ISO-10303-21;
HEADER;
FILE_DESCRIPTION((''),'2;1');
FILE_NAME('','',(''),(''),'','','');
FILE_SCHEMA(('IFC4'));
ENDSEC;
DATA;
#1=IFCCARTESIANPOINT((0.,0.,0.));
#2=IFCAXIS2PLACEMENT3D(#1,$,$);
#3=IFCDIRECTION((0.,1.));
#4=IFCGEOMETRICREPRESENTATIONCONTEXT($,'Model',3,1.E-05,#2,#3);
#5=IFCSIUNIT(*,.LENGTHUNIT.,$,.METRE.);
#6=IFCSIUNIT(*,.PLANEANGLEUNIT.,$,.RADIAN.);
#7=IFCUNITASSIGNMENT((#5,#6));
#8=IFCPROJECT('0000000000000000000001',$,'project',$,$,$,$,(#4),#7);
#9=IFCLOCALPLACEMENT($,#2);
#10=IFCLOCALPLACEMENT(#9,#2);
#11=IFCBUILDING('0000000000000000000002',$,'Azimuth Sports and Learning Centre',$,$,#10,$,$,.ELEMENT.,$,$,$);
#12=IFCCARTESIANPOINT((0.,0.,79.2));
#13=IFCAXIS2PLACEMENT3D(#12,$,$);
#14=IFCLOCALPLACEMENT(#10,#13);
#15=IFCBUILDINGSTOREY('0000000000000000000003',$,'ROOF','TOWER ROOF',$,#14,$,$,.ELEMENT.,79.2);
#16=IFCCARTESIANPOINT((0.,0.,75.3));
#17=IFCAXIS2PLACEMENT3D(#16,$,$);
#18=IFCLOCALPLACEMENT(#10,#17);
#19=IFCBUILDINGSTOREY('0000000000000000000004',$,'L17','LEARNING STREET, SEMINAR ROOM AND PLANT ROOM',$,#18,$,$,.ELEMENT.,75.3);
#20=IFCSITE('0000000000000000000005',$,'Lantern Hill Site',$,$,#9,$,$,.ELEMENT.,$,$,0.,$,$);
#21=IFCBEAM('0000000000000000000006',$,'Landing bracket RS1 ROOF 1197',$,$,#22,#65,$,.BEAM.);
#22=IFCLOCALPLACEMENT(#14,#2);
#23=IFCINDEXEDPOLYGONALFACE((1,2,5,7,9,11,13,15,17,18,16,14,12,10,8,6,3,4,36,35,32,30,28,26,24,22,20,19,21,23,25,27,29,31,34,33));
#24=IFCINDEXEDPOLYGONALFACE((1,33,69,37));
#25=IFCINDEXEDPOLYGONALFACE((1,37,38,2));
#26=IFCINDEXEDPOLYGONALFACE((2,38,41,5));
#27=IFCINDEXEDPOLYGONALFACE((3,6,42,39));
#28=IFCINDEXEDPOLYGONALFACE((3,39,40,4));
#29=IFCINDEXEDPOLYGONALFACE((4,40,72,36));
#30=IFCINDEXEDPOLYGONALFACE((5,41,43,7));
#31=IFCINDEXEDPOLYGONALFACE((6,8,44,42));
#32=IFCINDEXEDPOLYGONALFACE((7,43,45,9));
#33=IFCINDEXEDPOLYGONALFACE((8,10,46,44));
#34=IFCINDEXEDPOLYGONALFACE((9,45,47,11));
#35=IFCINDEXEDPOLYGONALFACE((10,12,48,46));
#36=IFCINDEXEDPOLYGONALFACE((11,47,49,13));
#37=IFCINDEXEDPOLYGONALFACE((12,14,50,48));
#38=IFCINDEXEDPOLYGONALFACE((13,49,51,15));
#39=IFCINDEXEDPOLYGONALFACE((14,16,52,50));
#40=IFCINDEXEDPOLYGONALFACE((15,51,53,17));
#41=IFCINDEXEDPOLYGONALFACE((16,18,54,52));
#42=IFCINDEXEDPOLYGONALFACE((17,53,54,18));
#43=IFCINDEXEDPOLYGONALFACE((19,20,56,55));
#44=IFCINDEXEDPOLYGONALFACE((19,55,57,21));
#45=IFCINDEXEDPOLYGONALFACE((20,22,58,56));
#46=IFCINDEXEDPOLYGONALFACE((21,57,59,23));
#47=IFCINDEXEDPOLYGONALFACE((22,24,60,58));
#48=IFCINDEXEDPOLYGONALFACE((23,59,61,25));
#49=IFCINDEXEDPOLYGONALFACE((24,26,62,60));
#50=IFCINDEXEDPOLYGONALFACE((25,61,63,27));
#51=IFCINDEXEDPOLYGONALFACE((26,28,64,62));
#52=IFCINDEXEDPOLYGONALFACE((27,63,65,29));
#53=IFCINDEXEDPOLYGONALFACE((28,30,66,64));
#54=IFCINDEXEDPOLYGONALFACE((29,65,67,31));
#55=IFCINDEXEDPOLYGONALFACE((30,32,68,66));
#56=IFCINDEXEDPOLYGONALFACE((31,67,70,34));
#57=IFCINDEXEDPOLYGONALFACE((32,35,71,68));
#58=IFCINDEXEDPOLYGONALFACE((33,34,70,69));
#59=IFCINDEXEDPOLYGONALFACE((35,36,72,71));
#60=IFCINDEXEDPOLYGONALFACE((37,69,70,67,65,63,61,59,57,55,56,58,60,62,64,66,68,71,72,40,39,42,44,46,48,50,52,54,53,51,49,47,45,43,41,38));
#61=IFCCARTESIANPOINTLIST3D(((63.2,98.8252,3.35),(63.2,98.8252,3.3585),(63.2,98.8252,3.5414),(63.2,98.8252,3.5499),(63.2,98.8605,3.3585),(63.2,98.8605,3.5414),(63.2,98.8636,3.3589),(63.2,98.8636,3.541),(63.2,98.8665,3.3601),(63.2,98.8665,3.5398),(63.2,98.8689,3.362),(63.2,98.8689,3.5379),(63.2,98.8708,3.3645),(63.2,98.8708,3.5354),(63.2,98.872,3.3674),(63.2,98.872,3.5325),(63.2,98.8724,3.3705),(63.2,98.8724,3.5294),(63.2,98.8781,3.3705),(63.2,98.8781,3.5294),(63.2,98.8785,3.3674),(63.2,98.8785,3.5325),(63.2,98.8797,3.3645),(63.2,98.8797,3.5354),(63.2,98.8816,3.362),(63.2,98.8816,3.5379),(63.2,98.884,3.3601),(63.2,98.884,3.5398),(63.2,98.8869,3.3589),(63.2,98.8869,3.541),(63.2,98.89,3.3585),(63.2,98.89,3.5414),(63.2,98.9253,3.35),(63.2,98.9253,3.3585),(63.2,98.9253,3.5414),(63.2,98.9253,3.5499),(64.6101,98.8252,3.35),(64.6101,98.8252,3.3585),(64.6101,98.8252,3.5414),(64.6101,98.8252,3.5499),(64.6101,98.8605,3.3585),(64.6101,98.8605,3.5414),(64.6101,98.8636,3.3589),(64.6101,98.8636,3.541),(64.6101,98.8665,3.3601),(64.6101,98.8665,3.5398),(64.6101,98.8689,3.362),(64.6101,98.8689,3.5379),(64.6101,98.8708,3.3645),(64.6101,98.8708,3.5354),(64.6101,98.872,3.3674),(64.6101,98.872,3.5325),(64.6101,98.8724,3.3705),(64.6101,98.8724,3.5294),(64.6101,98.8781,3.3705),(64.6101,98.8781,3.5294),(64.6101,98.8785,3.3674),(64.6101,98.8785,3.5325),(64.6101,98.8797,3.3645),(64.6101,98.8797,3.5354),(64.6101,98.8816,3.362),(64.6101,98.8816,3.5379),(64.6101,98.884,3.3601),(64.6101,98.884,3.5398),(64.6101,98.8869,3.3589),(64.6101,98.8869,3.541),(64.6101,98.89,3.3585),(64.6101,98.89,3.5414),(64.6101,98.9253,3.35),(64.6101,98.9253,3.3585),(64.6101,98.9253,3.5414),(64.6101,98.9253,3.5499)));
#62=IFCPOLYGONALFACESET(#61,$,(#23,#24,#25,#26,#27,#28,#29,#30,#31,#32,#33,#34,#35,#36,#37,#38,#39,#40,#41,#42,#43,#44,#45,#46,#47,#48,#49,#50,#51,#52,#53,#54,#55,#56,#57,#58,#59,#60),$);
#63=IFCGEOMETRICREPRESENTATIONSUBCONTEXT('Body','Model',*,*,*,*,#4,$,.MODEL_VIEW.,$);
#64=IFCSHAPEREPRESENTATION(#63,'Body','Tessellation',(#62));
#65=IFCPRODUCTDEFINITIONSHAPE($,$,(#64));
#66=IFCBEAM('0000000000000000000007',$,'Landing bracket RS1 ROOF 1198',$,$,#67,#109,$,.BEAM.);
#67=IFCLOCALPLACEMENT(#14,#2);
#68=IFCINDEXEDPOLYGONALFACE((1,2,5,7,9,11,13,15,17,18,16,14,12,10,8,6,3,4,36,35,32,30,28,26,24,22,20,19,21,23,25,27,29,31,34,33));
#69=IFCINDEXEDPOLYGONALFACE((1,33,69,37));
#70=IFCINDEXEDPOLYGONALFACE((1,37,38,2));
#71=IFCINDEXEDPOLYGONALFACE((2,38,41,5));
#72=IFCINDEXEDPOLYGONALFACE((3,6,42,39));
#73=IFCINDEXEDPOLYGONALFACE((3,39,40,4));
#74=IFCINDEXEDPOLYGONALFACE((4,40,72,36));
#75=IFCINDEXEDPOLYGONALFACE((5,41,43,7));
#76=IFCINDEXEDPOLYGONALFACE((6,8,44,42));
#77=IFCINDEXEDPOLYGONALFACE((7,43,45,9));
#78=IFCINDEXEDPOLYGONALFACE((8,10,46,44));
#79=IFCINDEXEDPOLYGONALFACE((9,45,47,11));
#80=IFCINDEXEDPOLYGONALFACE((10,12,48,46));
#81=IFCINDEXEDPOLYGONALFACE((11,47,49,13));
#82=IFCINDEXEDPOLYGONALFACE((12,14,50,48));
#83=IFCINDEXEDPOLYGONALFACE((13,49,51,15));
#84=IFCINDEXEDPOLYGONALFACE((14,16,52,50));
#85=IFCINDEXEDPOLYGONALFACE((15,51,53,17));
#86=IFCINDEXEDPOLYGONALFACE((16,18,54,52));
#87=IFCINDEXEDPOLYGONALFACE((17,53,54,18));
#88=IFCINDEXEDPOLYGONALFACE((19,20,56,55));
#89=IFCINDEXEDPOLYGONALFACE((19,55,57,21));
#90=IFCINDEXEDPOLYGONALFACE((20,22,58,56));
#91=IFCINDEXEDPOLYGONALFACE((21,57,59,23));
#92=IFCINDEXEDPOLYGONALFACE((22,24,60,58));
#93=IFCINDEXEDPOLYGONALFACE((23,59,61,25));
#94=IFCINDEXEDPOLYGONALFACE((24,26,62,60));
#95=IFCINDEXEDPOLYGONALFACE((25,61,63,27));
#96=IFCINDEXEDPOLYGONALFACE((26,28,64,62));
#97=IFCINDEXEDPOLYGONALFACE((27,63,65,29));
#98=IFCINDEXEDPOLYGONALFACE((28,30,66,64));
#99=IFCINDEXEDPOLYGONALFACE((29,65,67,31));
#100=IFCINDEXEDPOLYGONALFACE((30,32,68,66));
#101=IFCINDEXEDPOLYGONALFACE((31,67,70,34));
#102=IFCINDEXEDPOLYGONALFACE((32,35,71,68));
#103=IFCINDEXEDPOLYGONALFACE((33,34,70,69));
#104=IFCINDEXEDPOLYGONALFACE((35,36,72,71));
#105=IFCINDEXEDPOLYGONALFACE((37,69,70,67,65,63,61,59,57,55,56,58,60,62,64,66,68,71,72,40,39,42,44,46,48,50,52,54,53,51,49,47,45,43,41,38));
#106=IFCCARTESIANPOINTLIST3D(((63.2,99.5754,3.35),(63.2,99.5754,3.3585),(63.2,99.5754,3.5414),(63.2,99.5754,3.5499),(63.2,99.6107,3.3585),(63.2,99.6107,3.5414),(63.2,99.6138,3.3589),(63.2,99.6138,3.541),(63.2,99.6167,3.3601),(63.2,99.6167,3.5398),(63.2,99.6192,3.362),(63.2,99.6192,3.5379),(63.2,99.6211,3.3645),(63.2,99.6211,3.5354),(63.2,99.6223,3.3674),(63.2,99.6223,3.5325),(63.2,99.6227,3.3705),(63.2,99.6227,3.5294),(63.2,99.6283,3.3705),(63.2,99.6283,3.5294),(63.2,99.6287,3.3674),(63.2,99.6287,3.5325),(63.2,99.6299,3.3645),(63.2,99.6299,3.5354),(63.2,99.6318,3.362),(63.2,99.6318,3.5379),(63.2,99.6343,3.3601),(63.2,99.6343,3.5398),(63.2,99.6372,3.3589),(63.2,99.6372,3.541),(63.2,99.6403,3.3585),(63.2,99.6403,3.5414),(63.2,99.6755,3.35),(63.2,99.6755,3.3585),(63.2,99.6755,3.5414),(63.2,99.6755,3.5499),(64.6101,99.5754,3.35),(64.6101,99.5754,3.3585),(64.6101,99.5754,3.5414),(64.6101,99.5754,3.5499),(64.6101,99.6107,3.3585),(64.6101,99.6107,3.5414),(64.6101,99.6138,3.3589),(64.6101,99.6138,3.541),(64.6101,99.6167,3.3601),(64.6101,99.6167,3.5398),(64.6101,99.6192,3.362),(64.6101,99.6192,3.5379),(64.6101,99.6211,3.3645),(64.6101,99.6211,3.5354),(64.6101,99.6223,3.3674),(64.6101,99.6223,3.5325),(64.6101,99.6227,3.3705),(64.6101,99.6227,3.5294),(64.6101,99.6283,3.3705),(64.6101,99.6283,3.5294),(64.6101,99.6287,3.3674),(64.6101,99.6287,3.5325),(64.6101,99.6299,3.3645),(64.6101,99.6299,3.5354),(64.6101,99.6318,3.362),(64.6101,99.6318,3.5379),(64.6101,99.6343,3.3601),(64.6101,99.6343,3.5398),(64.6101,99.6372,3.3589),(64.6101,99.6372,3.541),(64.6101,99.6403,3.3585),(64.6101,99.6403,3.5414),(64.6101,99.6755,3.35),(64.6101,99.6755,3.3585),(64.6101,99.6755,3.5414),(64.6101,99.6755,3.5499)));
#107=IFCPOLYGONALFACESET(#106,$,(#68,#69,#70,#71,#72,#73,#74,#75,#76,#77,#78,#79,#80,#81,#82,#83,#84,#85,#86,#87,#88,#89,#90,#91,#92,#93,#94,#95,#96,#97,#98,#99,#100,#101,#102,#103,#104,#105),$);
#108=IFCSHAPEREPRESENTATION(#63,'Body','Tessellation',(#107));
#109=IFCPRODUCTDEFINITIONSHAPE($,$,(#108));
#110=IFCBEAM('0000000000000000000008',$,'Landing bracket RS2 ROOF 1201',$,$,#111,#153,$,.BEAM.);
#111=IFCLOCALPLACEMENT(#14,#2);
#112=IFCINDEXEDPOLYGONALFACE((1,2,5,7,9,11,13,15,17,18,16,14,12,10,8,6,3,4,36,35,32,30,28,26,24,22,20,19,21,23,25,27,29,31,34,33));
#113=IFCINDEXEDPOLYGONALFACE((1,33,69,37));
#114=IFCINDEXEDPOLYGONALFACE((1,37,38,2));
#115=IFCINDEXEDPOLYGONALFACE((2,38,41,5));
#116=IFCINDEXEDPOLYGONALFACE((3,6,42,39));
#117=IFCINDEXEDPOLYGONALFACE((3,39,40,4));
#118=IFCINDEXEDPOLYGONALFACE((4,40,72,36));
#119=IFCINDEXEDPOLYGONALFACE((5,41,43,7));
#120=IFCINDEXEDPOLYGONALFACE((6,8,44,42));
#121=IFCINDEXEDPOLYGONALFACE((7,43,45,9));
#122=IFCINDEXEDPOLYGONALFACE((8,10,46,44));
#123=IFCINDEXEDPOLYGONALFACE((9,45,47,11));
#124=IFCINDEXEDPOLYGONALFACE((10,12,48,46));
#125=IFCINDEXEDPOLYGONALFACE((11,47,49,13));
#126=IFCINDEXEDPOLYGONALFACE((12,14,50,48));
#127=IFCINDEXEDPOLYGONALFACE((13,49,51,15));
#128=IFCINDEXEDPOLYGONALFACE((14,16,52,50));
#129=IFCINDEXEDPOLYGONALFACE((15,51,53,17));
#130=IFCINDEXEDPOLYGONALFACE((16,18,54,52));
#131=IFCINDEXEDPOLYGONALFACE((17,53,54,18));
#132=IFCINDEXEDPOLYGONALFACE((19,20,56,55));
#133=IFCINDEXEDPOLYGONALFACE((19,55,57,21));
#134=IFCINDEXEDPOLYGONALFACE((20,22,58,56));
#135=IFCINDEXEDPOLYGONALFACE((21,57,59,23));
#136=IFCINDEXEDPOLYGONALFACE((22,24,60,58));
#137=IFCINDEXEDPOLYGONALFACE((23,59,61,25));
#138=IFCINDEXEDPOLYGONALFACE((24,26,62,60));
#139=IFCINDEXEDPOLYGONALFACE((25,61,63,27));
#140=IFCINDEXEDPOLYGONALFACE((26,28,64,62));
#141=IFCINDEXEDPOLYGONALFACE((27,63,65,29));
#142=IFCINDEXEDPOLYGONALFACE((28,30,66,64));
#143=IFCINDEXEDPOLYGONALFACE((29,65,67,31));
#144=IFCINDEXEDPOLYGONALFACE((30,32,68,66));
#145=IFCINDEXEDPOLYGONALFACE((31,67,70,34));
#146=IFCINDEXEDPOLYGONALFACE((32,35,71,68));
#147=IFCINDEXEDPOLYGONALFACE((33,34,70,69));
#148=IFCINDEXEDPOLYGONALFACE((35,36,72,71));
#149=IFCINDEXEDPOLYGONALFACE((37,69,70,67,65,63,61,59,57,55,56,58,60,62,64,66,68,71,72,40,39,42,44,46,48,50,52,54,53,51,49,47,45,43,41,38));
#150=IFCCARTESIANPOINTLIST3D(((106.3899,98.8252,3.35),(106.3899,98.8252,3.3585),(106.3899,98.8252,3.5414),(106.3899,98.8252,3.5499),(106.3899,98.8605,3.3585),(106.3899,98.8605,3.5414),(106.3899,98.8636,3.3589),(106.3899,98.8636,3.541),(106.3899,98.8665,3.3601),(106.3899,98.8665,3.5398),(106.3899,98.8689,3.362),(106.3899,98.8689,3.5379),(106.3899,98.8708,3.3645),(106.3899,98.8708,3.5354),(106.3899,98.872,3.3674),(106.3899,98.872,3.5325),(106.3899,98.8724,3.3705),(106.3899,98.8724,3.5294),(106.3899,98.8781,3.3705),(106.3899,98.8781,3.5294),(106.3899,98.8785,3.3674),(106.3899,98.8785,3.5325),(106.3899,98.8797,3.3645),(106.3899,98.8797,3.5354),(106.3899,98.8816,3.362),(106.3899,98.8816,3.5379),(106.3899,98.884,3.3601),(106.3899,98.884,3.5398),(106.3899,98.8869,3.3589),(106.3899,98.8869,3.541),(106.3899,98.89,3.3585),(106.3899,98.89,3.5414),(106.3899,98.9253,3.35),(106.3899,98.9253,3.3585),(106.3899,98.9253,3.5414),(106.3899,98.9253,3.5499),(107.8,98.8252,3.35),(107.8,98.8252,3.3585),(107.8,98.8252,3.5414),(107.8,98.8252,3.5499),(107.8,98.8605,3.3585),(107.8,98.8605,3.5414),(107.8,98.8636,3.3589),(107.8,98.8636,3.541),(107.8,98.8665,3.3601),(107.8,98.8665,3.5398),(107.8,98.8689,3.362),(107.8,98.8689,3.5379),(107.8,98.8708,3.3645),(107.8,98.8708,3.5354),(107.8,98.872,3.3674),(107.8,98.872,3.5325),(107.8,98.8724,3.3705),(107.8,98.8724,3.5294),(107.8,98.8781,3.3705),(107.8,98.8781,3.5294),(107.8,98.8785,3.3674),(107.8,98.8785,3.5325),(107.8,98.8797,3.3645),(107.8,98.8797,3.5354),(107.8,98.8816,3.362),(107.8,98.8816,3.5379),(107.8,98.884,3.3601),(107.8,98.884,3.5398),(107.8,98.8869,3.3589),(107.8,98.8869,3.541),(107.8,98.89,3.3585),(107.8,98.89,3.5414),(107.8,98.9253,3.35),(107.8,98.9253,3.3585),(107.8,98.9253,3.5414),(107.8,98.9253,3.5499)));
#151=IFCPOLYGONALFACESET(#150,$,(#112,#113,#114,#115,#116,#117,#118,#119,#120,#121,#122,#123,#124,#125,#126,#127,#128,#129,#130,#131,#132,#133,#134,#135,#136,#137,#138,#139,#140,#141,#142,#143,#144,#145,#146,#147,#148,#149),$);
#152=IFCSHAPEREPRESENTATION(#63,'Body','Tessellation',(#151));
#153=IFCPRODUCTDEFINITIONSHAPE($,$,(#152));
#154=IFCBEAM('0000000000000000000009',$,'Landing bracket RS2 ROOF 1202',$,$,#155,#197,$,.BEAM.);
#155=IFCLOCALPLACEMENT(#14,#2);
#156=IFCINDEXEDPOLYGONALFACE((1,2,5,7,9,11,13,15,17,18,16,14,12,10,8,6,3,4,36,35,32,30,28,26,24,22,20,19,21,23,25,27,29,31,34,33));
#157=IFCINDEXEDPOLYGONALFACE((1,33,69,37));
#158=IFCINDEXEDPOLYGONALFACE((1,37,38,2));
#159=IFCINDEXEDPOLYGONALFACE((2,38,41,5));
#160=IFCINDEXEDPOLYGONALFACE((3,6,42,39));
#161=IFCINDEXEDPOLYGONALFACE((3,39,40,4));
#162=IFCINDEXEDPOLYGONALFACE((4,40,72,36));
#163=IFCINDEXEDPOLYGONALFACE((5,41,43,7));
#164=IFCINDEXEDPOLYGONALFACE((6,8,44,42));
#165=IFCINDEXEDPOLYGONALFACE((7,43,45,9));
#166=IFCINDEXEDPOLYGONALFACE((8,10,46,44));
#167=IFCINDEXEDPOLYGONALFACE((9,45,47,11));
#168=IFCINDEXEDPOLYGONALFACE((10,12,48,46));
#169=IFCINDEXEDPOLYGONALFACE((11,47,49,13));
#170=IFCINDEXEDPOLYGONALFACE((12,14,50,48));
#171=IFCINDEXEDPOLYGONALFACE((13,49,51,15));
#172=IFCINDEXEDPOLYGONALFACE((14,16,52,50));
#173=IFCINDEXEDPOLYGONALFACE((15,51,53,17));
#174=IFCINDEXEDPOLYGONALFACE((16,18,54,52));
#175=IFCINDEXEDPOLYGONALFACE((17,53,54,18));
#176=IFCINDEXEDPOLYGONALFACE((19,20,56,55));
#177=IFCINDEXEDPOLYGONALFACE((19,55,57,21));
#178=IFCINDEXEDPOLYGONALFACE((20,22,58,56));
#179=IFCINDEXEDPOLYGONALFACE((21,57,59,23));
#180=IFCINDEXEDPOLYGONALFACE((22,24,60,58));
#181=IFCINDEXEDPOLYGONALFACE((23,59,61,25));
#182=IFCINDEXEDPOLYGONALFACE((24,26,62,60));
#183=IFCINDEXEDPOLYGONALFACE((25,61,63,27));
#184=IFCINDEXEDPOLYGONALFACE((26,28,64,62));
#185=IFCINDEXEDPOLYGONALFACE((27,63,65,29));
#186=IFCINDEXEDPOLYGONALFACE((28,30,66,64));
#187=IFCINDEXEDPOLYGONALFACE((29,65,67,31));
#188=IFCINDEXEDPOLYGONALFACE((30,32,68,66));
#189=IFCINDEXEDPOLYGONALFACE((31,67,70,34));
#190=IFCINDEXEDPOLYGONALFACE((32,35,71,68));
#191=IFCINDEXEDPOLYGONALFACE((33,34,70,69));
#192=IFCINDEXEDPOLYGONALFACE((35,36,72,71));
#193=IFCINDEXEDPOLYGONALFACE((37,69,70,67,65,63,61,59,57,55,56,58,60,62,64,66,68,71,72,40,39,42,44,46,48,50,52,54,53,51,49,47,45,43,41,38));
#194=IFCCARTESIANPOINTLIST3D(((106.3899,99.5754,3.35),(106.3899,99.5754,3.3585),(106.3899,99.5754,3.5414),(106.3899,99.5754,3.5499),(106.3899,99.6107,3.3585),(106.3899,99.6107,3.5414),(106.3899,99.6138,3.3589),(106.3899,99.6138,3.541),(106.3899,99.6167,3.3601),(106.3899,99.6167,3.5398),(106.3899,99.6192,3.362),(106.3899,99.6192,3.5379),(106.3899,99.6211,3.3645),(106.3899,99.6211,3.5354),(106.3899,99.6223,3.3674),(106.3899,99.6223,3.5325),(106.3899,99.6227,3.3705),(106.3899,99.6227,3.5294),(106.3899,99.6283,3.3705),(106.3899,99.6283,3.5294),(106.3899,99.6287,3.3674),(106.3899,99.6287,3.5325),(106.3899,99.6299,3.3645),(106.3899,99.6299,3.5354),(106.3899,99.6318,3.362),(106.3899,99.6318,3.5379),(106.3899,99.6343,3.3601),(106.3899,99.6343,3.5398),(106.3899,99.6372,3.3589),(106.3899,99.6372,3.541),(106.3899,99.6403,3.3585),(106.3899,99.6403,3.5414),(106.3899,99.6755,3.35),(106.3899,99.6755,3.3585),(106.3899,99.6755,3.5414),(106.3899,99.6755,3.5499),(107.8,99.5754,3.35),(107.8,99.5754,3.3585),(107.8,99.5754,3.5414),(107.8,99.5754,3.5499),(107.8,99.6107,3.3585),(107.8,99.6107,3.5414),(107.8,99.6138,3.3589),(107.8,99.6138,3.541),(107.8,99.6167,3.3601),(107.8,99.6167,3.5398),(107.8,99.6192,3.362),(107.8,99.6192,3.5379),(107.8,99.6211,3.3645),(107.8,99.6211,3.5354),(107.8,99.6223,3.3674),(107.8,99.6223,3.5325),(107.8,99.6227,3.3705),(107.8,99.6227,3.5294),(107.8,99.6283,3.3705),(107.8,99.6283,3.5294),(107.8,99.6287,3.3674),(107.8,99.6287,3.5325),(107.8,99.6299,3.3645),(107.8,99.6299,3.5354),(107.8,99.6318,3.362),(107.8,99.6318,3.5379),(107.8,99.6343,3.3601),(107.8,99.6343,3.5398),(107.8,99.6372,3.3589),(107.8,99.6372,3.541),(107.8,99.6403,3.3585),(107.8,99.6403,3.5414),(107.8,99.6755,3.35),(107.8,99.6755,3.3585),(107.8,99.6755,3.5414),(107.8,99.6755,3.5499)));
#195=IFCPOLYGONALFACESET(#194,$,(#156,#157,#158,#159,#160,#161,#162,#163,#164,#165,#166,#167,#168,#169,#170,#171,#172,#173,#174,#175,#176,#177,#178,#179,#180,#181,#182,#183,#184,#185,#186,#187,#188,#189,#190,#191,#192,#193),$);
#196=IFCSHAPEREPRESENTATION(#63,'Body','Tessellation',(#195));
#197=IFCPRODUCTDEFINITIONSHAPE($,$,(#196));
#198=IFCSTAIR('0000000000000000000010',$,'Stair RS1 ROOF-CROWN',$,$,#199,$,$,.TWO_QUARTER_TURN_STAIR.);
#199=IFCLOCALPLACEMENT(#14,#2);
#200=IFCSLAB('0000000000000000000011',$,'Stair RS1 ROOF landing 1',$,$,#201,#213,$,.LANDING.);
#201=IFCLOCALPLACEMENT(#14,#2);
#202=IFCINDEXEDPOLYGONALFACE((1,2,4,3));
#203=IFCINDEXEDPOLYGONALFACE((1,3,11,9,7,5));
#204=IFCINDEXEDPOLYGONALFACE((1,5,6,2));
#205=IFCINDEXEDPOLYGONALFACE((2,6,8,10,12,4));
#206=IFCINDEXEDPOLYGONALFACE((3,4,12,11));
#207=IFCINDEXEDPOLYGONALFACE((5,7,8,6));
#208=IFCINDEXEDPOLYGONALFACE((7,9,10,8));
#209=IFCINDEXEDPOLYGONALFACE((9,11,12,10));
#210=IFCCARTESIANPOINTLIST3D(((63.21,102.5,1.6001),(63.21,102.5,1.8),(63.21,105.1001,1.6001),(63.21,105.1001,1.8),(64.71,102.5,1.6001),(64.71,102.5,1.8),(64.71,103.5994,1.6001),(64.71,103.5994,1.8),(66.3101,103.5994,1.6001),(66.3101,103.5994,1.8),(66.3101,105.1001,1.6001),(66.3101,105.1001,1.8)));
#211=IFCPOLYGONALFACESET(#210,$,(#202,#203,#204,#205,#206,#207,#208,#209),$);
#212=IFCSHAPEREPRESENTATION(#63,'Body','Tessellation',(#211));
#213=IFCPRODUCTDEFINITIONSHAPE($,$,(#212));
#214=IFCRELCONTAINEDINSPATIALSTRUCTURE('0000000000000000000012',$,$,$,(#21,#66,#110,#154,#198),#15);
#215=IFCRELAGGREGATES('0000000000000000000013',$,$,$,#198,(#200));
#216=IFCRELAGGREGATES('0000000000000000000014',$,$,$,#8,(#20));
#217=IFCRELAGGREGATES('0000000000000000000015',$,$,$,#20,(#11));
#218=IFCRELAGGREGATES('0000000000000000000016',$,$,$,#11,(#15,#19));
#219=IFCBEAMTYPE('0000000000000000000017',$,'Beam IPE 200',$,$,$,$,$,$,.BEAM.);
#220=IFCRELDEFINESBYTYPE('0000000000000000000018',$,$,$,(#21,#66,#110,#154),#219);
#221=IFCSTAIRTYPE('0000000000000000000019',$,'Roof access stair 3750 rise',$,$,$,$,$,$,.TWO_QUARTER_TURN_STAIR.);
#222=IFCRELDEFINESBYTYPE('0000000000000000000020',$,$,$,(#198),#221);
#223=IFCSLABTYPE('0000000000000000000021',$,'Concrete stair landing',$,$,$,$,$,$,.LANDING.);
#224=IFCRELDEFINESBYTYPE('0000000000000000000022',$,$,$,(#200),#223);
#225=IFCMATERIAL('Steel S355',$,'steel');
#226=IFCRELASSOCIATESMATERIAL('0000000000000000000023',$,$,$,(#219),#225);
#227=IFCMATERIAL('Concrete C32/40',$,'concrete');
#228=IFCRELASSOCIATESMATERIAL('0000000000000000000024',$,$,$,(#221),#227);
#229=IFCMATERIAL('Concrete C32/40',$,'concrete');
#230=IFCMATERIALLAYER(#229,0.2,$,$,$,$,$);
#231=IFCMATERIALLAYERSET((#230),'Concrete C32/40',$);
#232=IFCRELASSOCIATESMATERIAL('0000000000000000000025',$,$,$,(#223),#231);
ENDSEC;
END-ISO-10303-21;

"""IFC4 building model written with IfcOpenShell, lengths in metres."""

from ifc_helpers import new_model, si_unit, direction, frame, origin, origin_2d, place, context, subcontext, project, spatial, polyline, i_section, outline, extrude, material, layer, layer_set, material_profile, profile_set, type_object, element, aggregate, save


model = new_model("IFC4")

# Units and contexts
model_context = context("Model", 3, precision=1e-05, world=origin(), true_north=direction((0.0, 1.0)))
body_context = subcontext(model_context, "Body", "Model", "MODEL_VIEW")
ifc_project = project(units=[si_unit("LENGTHUNIT", "METRE"), si_unit("PLANEANGLEUNIT", "RADIAN")], contexts=[model_context])

# Site, building, storey
site_placement = place(None, origin())
site = spatial("IfcSite", under=ifc_project, at=site_placement, Name="Lantern Hill Site", CompositionType="ELEMENT", RefElevation=0.0)
building_placement = place(site_placement, origin())
building = spatial("IfcBuilding", under=site, at=building_placement, Name="Azimuth Sports and Learning Centre", CompositionType="ELEMENT")
storey_1_placement = place(building_placement, frame((0.0, 0.0, 79.2)))
storey_1 = spatial("IfcBuildingStorey", under=building, at=storey_1_placement, Name="ROOF", Description="TOWER ROOF", CompositionType="ELEMENT", Elevation=79.2)

# Beams
ifc_material_1 = material(Name="Steel S355", Category="steel")
ifc_material_profile_1 = material_profile(ifc_material_1, i_section(OverallWidth=0.1001, OverallDepth=0.2, WebThickness=0.0056, FlangeThickness=0.0085, FilletRadius=0.012, at=origin_2d()), Name="IPE 200")
ifc_profile_set_1 = profile_set([ifc_material_profile_1], Name="Steel S355")
beam_type_1 = type_object("IfcBeamType", Name="Beam IPE 200", PredefinedType="BEAM", material=ifc_profile_set_1)
for number, where, z_axis, x_axis, name in (
    (1, (63.2, 98.8752, 3.45), (1.0, 0.0, 0.0), (0.0, 1.0, 0.0), "Landing bracket RS1 ROOF 1197"),
    (2, (63.2, 99.6255, 3.45), (1.0, 0.0, 0.0), (0.0, 1.0, 0.0), "Landing bracket RS1 ROOF 1198"),
    (3, (107.8, 98.8752, 3.45), (-1.0, 0.0, 0.0), (0.0, -1.0, 0.0), "Landing bracket RS2 ROOF 1201"),
    (4, (107.8, 99.6255, 3.45), (-1.0, 0.0, 0.0), (0.0, -1.0, 0.0), "Landing bracket RS2 ROOF 1202"),
):
    element("IfcBeam", number, at=place(storey_1_placement, frame(where, z_axis=z_axis, x_axis=x_axis)), inside=storey_1, type_object=beam_type_1, Name=name, PredefinedType="BEAM", context=body_context, shape_type="SweptSolid", body=[
        extrude(i_section(OverallWidth=0.1001, OverallDepth=0.2, WebThickness=0.0056, FlangeThickness=0.0085, FilletRadius=0.012, at=origin_2d()), origin(), (0.0, 0.0, 1.0), 1.4102),
    ])

# Stair, slab
ifc_material_2 = material(Name="Concrete C32/40", Category="concrete")
stair_type = type_object("IfcStairType", Name="Roof access stair 3750 rise", PredefinedType="TWO_QUARTER_TURN_STAIR", material=ifc_material_2)
stair_1_placement = place(storey_1_placement, origin())
stair_1 = element("IfcStair", 5, at=stair_1_placement, inside=storey_1, type_object=stair_type, Name="Stair RS1 ROOF-CROWN", PredefinedType="TWO_QUARTER_TURN_STAIR")
ifc_material_3 = material(Name="Concrete C32/40", Category="concrete")
ifc_layer_1 = layer(ifc_material_3, 0.2)
ifc_layer_set_1 = layer_set([ifc_layer_1], Name="Concrete C32/40")
slab_type_1 = type_object("IfcSlabType", Name="Concrete stair landing", PredefinedType="LANDING", material=ifc_layer_set_1)
slab_1_placement = place(storey_1_placement, frame((0.0, 0.0, 1.6001)))
slab_1 = element("IfcSlab", 6, at=slab_1_placement, type_object=slab_type_1, Name="Stair RS1 ROOF landing 1", PredefinedType="LANDING", context=body_context, shape_type="SweptSolid", body=[
    extrude(outline(polyline([(63.21, 102.5), (64.71, 102.5), (64.71, 103.5994), (66.3101, 103.5994), (66.3101, 105.1001), (63.21, 105.1001), (63.21, 102.5)])), origin(), (0.0, 0.0, 1.0), 0.2),
])

# Shared definitions
storey_2_placement = place(building_placement, frame((0.0, 0.0, 75.3)))
storey_2 = spatial("IfcBuildingStorey", under=building, at=storey_2_placement, Name="L17", Description="LEARNING STREET, SEMINAR ROOM AND PLANT ROOM", CompositionType="ELEMENT", Elevation=75.3)

aggregate(stair_1, [slab_1])

save(model, "model.ifc")
